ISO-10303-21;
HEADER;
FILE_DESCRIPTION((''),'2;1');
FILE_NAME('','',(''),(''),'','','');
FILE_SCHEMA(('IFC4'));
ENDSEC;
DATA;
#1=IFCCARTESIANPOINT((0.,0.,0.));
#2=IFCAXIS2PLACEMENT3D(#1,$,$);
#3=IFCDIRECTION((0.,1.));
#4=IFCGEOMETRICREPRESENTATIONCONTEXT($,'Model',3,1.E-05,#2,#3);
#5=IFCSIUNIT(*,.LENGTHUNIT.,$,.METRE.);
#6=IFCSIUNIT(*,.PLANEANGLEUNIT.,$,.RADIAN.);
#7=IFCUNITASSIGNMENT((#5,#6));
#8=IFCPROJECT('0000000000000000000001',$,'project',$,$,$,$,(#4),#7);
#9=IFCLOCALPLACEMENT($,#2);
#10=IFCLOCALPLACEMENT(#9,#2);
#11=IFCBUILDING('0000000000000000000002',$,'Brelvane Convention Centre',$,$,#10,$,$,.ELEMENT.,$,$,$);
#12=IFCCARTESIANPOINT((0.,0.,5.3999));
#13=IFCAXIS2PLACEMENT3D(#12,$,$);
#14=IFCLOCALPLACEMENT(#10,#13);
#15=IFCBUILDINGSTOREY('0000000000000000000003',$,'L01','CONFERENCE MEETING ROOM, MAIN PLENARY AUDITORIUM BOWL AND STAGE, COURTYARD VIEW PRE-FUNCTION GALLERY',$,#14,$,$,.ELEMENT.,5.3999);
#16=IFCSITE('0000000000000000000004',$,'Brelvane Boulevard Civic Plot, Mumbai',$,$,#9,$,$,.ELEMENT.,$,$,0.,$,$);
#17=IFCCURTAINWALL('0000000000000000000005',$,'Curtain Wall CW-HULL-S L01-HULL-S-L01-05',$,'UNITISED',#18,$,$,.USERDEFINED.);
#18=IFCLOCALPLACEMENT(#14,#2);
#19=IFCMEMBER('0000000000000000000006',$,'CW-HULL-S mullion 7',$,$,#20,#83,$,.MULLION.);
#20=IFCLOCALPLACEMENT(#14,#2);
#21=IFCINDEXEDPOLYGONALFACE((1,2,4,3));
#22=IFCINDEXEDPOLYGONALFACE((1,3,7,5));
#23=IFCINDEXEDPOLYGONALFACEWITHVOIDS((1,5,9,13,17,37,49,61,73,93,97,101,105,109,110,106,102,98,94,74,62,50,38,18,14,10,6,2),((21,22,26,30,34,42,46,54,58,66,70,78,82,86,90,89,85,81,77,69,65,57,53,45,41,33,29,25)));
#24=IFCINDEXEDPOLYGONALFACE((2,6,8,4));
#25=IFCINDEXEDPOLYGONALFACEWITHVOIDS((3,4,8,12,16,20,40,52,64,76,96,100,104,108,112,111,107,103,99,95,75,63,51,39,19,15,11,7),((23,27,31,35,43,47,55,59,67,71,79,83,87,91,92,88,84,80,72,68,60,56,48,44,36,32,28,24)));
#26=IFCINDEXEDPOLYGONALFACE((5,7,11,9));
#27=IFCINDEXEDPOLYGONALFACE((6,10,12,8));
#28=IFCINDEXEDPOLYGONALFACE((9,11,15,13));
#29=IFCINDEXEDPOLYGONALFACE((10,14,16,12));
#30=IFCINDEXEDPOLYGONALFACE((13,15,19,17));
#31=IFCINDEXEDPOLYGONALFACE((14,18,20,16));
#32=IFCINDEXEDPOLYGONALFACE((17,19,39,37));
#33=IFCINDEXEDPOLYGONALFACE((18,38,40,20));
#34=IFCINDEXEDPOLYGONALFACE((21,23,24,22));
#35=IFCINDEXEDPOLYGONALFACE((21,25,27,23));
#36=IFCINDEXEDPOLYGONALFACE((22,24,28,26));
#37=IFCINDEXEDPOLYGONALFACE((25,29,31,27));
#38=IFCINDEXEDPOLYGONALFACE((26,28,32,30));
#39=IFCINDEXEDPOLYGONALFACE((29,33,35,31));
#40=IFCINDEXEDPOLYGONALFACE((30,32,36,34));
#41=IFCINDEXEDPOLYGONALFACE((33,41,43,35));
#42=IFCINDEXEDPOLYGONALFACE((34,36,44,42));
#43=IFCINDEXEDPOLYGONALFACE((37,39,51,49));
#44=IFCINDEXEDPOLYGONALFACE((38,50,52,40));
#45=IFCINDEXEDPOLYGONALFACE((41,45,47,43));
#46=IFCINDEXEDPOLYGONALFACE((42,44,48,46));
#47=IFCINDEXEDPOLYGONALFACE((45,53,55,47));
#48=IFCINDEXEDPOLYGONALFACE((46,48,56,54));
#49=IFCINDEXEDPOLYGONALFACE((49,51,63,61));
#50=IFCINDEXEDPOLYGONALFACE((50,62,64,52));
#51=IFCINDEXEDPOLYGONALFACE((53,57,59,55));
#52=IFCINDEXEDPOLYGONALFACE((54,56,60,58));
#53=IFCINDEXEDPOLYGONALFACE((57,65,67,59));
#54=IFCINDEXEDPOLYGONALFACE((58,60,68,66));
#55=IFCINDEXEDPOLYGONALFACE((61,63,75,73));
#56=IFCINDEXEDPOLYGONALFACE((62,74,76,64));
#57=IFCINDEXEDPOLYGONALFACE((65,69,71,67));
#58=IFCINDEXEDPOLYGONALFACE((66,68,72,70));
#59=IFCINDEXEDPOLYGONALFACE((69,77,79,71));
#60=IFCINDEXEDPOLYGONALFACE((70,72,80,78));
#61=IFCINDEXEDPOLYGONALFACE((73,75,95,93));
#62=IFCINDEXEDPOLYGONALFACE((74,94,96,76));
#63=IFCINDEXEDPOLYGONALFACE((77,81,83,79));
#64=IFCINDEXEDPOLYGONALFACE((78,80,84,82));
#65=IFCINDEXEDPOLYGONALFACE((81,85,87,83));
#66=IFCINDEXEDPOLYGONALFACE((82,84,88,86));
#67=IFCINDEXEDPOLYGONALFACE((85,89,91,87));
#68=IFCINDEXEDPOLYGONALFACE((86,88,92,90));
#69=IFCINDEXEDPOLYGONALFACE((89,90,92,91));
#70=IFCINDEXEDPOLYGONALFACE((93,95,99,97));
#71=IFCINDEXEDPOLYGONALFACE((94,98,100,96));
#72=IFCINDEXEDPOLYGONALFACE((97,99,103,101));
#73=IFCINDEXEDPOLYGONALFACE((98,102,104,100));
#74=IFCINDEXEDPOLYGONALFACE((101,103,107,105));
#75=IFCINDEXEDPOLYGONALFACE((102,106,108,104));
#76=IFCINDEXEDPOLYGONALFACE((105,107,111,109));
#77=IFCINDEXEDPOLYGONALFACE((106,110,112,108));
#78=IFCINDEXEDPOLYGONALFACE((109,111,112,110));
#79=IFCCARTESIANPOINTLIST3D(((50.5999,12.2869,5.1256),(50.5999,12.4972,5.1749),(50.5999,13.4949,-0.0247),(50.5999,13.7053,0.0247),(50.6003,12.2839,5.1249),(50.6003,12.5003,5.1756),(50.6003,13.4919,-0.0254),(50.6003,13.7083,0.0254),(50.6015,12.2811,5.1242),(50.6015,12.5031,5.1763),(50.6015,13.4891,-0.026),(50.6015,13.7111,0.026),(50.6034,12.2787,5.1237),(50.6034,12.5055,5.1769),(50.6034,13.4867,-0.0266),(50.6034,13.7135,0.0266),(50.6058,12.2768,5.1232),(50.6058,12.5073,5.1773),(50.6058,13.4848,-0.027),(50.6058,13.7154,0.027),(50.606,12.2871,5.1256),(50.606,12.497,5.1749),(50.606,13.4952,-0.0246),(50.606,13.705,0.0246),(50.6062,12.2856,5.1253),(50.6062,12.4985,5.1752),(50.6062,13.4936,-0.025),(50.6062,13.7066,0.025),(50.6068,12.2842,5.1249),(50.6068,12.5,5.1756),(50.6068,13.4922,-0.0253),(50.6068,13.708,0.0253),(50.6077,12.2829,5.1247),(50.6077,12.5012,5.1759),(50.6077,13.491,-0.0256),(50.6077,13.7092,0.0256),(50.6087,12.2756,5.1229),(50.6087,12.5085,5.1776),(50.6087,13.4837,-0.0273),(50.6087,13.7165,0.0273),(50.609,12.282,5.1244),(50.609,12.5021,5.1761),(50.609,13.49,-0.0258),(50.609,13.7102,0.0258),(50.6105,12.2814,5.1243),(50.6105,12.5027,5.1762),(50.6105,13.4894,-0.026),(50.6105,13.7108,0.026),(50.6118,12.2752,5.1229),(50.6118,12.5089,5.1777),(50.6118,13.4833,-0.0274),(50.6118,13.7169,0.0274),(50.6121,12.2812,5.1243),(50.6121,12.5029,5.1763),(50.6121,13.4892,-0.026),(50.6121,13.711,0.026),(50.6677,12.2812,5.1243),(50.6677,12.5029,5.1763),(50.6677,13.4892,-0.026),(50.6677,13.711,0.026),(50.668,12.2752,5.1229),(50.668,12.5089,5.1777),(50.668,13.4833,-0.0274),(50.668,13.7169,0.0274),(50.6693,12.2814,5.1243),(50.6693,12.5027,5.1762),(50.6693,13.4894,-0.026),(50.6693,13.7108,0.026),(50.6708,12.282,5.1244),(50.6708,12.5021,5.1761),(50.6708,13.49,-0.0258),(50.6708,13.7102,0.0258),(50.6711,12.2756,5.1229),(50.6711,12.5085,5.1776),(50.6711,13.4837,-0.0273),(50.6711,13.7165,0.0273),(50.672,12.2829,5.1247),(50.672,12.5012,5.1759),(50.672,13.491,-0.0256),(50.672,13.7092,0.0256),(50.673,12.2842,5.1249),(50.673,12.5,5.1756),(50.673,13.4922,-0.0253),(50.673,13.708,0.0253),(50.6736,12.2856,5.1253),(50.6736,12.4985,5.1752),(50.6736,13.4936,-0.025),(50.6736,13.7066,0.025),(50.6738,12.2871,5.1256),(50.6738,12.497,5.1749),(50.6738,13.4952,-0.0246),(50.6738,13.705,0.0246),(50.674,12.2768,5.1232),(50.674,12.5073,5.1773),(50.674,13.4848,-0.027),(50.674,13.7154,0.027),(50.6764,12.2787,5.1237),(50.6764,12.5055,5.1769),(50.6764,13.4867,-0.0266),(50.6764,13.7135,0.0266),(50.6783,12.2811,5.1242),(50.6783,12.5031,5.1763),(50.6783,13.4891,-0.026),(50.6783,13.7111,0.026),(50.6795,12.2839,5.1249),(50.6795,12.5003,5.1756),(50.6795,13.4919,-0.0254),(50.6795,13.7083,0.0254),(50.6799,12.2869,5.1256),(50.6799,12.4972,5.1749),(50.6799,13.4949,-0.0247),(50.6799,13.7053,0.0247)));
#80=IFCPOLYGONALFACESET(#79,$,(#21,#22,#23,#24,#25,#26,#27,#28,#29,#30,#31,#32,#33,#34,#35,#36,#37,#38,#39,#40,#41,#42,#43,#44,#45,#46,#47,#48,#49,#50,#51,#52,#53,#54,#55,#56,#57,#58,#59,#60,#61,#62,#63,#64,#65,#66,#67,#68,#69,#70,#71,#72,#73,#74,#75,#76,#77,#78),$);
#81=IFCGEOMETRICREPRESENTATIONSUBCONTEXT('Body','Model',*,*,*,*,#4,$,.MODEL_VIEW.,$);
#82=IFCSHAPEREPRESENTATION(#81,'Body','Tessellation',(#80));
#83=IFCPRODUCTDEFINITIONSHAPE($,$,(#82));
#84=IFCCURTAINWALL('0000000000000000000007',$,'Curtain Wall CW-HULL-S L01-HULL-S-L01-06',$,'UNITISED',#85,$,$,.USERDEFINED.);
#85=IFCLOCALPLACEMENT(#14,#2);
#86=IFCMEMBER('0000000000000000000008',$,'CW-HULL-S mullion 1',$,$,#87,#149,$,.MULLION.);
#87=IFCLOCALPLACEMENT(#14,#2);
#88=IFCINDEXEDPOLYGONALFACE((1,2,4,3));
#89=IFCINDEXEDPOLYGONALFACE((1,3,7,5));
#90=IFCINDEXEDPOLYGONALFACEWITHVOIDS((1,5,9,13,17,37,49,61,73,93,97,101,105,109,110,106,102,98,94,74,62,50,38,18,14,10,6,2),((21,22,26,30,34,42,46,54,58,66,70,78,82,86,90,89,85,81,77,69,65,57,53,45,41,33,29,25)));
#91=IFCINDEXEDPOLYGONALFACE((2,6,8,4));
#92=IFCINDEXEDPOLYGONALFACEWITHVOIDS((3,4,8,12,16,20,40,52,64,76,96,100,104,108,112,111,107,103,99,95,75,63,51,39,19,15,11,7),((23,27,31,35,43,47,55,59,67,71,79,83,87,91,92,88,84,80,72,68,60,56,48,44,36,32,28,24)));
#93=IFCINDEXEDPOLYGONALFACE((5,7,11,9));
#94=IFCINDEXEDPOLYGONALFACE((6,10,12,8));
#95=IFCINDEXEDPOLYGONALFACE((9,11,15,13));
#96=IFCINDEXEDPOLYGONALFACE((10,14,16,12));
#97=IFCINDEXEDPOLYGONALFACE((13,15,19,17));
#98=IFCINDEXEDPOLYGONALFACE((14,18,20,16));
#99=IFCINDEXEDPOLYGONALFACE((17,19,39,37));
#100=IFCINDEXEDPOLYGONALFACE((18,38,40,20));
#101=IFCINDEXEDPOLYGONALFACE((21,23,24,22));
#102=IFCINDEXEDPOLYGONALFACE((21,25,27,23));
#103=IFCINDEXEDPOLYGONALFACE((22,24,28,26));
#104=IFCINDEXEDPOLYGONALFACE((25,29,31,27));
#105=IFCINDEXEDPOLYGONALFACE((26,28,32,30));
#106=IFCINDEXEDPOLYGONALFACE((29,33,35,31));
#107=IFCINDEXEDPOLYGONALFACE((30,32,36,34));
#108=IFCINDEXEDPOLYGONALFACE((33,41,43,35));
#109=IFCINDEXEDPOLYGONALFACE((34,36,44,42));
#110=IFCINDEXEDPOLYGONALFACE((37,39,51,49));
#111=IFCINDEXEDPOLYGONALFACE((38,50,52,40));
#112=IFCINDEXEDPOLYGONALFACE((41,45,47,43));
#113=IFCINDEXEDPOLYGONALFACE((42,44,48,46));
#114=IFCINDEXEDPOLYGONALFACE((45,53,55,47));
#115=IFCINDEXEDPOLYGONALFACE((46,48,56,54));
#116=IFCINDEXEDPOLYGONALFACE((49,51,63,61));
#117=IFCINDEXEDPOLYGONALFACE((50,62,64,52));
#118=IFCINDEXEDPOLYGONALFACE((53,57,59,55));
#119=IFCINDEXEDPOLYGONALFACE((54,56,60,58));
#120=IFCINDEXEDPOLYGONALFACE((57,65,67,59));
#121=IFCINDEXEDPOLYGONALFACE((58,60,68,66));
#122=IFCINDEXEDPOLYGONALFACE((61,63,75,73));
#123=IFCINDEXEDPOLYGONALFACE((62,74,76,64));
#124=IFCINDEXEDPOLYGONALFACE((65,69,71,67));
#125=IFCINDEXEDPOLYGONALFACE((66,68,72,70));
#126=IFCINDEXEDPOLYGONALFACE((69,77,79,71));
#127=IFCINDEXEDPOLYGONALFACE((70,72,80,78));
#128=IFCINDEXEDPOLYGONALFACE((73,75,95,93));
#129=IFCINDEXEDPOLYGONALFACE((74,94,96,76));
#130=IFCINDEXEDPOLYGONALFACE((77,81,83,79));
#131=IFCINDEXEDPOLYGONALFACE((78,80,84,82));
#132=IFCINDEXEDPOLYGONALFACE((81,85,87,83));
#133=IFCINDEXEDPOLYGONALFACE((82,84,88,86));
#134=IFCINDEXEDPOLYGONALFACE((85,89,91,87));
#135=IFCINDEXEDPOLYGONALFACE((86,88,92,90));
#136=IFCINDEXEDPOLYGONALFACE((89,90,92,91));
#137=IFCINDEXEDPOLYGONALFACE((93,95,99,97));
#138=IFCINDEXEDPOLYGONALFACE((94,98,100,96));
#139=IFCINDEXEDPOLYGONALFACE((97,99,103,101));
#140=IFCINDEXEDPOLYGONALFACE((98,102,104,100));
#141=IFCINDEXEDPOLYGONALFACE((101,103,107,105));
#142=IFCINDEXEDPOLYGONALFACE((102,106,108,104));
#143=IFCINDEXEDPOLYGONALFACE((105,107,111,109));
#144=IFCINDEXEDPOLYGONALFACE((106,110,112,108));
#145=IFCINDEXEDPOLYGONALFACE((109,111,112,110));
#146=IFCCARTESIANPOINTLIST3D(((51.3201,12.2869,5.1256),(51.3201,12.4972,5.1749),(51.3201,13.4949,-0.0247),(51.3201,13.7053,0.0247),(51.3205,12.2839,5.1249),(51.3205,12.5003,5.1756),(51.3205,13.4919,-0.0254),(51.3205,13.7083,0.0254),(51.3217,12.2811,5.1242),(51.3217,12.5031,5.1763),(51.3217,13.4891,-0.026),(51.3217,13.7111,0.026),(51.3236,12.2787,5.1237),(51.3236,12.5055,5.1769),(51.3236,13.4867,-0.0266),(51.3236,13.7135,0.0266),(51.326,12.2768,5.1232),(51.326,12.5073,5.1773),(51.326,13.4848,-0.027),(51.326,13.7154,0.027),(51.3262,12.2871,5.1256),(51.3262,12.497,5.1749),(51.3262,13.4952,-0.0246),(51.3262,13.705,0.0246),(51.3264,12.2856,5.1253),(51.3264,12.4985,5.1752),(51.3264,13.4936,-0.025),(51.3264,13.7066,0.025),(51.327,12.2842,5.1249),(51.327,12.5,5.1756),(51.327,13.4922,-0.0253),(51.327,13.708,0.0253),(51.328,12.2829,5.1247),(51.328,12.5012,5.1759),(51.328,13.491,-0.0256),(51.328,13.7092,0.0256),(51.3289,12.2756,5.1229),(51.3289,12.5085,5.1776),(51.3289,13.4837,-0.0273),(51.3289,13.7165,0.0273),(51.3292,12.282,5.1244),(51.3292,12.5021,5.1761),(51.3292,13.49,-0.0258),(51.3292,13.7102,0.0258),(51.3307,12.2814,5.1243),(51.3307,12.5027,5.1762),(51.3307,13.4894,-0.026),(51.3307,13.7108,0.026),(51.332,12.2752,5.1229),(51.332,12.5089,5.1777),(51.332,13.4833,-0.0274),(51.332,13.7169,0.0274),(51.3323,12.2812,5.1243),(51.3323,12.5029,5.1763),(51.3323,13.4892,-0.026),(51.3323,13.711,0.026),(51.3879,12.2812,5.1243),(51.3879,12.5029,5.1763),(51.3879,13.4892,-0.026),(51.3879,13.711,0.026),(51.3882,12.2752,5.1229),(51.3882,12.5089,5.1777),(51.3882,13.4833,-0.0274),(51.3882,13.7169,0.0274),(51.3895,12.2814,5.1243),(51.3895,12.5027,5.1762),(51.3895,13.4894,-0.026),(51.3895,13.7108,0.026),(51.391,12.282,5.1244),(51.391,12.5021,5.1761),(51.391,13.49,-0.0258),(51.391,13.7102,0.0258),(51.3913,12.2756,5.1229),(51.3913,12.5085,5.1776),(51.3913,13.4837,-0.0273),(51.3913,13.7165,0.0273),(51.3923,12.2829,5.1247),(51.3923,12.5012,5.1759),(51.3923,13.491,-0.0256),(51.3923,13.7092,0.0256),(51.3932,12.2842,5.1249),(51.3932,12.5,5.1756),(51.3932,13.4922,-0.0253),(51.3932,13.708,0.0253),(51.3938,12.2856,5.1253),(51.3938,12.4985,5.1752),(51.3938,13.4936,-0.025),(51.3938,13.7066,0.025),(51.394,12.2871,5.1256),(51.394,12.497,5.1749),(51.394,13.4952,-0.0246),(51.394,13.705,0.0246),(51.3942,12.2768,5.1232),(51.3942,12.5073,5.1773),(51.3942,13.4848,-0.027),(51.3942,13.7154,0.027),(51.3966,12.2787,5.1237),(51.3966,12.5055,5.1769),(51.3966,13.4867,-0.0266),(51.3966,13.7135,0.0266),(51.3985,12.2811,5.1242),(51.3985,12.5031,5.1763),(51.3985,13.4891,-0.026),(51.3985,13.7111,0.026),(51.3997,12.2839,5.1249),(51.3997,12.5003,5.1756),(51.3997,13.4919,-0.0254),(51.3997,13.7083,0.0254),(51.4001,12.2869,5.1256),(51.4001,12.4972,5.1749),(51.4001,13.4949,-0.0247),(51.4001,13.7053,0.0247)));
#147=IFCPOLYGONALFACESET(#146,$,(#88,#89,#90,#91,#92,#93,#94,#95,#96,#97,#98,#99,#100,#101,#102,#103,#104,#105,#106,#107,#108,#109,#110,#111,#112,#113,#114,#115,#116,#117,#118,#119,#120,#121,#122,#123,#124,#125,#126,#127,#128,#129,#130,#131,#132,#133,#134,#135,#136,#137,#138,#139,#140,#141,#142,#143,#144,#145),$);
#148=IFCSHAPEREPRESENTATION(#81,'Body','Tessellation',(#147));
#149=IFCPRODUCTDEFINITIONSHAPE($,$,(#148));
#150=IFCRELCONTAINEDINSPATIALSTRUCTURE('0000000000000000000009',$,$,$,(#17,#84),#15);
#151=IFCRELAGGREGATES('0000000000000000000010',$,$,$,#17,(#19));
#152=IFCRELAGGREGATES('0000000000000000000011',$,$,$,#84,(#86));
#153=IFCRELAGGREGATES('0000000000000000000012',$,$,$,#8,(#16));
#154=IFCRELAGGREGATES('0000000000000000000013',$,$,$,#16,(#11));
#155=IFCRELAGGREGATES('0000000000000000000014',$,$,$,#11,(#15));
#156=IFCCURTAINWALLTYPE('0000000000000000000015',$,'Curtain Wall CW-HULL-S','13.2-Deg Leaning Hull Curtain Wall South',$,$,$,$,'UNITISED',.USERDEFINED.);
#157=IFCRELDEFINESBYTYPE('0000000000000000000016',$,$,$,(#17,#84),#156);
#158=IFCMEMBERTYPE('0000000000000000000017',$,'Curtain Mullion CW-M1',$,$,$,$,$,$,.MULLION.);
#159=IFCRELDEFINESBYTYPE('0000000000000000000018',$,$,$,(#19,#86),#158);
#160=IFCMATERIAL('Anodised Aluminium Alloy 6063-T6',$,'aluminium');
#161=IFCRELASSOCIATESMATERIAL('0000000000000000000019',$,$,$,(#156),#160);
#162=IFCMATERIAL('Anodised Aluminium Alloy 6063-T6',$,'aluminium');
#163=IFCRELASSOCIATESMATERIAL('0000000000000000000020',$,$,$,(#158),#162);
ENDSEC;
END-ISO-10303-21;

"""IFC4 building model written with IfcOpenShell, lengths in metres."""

from ifc_helpers import new_model, si_unit, direction, frame, origin, origin_2d, place, context, subcontext, project, spatial, hollow_rectangle, extrude, material, material_profile, profile_set, type_object, element, aggregate, save


model = new_model("IFC4")

# Units and contexts
model_context = context("Model", 3, precision=1e-05, world=origin(), true_north=direction((0.0, 1.0)))
body_context = subcontext(model_context, "Body", "Model", "MODEL_VIEW")
ifc_project = project(units=[si_unit("LENGTHUNIT", "METRE"), si_unit("PLANEANGLEUNIT", "RADIAN")], contexts=[model_context])

# Site, building, storey
site_placement = place(None, origin())
site = spatial("IfcSite", under=ifc_project, at=site_placement, Name="Brelvane Boulevard Civic Plot, Mumbai", CompositionType="ELEMENT", RefElevation=0.0)
building_placement = place(site_placement, origin())
building = spatial("IfcBuilding", under=site, at=building_placement, Name="Brelvane Convention Centre", CompositionType="ELEMENT")
storey_placement = place(building_placement, frame((0.0, 0.0, 5.3999)))
storey = spatial("IfcBuildingStorey", under=building, at=storey_placement, Name="L01", Description="CONFERENCE MEETING ROOM, MAIN PLENARY AUDITORIUM BOWL AND STAGE, COURTYARD VIEW PRE-FUNCTION GALLERY", CompositionType="ELEMENT", Elevation=5.3999)

# Curtain walls, members
ifc_material_1 = material(Name="Anodised Aluminium Alloy 6063-T6", Category="aluminium")
curtain_wall_type = type_object("IfcCurtainWallType", Name="Curtain Wall CW-HULL-S", Description="13.2-Deg Leaning Hull Curtain Wall South", ElementType="UNITISED", PredefinedType="USERDEFINED", material=ifc_material_1)
curtain_wall_1_placement = place(storey_placement, origin())
curtain_wall_1 = element("IfcCurtainWall", 1, at=curtain_wall_1_placement, inside=storey, type_object=curtain_wall_type, Name="Curtain Wall CW-HULL-S L01-HULL-S-L01-05", ObjectType="UNITISED", PredefinedType="USERDEFINED")
ifc_material_2 = material(Name="Anodised Aluminium Alloy 6063-T6", Category="aluminium")
ifc_material_profile_1 = material_profile(ifc_material_2, hollow_rectangle(XDim=0.0801, YDim=0.24, WallThickness=0.0061, InnerFilletRadius=0.0061, OuterFilletRadius=0.012, at=origin_2d()), Name="ALU-M 240x80x6.0")
ifc_profile_set_1 = profile_set([ifc_material_profile_1], Name="Anodised Aluminium Alloy 6063-T6")
member_type_1 = type_object("IfcMemberType", Name="Curtain Mullion CW-M1", PredefinedType="MULLION", material=ifc_profile_set_1)
member_1_placement = place(storey_placement, frame((50.6399, 13.6001, 0.0), z_axis=(0.0, -0.22836, 0.973577), x_axis=(1.0, 0.0, 0.0)))
member_1 = element("IfcMember", 2, at=member_1_placement, type_object=member_type_1, Name="CW-HULL-S mullion 7", PredefinedType="MULLION", context=body_context, shape_type="SweptSolid", body=[
    extrude(hollow_rectangle(XDim=0.0801, YDim=0.24, WallThickness=0.0061, InnerFilletRadius=0.0061, OuterFilletRadius=0.012, at=origin_2d()), origin(), (0.0, 0.0, 1.0), 5.29),
])
curtain_wall_2_placement = place(storey_placement, origin())
curtain_wall_2 = element("IfcCurtainWall", 3, at=curtain_wall_2_placement, inside=storey, type_object=curtain_wall_type, Name="Curtain Wall CW-HULL-S L01-HULL-S-L01-06", ObjectType="UNITISED", PredefinedType="USERDEFINED")
member_2_placement = place(storey_placement, frame((51.3601, 13.6001, 0.0), z_axis=(0.0, -0.22836, 0.973577), x_axis=(1.0, 0.0, 0.0)))
member_2 = element("IfcMember", 4, at=member_2_placement, type_object=member_type_1, Name="CW-HULL-S mullion 1", PredefinedType="MULLION", context=body_context, shape_type="SweptSolid", body=[
    extrude(hollow_rectangle(XDim=0.0801, YDim=0.24, WallThickness=0.0061, InnerFilletRadius=0.0061, OuterFilletRadius=0.012, at=origin_2d()), origin(), (0.0, 0.0, 1.0), 5.29),
])

aggregate(curtain_wall_1, [member_1])

aggregate(curtain_wall_2, [member_2])

save(model, "model.ifc")
